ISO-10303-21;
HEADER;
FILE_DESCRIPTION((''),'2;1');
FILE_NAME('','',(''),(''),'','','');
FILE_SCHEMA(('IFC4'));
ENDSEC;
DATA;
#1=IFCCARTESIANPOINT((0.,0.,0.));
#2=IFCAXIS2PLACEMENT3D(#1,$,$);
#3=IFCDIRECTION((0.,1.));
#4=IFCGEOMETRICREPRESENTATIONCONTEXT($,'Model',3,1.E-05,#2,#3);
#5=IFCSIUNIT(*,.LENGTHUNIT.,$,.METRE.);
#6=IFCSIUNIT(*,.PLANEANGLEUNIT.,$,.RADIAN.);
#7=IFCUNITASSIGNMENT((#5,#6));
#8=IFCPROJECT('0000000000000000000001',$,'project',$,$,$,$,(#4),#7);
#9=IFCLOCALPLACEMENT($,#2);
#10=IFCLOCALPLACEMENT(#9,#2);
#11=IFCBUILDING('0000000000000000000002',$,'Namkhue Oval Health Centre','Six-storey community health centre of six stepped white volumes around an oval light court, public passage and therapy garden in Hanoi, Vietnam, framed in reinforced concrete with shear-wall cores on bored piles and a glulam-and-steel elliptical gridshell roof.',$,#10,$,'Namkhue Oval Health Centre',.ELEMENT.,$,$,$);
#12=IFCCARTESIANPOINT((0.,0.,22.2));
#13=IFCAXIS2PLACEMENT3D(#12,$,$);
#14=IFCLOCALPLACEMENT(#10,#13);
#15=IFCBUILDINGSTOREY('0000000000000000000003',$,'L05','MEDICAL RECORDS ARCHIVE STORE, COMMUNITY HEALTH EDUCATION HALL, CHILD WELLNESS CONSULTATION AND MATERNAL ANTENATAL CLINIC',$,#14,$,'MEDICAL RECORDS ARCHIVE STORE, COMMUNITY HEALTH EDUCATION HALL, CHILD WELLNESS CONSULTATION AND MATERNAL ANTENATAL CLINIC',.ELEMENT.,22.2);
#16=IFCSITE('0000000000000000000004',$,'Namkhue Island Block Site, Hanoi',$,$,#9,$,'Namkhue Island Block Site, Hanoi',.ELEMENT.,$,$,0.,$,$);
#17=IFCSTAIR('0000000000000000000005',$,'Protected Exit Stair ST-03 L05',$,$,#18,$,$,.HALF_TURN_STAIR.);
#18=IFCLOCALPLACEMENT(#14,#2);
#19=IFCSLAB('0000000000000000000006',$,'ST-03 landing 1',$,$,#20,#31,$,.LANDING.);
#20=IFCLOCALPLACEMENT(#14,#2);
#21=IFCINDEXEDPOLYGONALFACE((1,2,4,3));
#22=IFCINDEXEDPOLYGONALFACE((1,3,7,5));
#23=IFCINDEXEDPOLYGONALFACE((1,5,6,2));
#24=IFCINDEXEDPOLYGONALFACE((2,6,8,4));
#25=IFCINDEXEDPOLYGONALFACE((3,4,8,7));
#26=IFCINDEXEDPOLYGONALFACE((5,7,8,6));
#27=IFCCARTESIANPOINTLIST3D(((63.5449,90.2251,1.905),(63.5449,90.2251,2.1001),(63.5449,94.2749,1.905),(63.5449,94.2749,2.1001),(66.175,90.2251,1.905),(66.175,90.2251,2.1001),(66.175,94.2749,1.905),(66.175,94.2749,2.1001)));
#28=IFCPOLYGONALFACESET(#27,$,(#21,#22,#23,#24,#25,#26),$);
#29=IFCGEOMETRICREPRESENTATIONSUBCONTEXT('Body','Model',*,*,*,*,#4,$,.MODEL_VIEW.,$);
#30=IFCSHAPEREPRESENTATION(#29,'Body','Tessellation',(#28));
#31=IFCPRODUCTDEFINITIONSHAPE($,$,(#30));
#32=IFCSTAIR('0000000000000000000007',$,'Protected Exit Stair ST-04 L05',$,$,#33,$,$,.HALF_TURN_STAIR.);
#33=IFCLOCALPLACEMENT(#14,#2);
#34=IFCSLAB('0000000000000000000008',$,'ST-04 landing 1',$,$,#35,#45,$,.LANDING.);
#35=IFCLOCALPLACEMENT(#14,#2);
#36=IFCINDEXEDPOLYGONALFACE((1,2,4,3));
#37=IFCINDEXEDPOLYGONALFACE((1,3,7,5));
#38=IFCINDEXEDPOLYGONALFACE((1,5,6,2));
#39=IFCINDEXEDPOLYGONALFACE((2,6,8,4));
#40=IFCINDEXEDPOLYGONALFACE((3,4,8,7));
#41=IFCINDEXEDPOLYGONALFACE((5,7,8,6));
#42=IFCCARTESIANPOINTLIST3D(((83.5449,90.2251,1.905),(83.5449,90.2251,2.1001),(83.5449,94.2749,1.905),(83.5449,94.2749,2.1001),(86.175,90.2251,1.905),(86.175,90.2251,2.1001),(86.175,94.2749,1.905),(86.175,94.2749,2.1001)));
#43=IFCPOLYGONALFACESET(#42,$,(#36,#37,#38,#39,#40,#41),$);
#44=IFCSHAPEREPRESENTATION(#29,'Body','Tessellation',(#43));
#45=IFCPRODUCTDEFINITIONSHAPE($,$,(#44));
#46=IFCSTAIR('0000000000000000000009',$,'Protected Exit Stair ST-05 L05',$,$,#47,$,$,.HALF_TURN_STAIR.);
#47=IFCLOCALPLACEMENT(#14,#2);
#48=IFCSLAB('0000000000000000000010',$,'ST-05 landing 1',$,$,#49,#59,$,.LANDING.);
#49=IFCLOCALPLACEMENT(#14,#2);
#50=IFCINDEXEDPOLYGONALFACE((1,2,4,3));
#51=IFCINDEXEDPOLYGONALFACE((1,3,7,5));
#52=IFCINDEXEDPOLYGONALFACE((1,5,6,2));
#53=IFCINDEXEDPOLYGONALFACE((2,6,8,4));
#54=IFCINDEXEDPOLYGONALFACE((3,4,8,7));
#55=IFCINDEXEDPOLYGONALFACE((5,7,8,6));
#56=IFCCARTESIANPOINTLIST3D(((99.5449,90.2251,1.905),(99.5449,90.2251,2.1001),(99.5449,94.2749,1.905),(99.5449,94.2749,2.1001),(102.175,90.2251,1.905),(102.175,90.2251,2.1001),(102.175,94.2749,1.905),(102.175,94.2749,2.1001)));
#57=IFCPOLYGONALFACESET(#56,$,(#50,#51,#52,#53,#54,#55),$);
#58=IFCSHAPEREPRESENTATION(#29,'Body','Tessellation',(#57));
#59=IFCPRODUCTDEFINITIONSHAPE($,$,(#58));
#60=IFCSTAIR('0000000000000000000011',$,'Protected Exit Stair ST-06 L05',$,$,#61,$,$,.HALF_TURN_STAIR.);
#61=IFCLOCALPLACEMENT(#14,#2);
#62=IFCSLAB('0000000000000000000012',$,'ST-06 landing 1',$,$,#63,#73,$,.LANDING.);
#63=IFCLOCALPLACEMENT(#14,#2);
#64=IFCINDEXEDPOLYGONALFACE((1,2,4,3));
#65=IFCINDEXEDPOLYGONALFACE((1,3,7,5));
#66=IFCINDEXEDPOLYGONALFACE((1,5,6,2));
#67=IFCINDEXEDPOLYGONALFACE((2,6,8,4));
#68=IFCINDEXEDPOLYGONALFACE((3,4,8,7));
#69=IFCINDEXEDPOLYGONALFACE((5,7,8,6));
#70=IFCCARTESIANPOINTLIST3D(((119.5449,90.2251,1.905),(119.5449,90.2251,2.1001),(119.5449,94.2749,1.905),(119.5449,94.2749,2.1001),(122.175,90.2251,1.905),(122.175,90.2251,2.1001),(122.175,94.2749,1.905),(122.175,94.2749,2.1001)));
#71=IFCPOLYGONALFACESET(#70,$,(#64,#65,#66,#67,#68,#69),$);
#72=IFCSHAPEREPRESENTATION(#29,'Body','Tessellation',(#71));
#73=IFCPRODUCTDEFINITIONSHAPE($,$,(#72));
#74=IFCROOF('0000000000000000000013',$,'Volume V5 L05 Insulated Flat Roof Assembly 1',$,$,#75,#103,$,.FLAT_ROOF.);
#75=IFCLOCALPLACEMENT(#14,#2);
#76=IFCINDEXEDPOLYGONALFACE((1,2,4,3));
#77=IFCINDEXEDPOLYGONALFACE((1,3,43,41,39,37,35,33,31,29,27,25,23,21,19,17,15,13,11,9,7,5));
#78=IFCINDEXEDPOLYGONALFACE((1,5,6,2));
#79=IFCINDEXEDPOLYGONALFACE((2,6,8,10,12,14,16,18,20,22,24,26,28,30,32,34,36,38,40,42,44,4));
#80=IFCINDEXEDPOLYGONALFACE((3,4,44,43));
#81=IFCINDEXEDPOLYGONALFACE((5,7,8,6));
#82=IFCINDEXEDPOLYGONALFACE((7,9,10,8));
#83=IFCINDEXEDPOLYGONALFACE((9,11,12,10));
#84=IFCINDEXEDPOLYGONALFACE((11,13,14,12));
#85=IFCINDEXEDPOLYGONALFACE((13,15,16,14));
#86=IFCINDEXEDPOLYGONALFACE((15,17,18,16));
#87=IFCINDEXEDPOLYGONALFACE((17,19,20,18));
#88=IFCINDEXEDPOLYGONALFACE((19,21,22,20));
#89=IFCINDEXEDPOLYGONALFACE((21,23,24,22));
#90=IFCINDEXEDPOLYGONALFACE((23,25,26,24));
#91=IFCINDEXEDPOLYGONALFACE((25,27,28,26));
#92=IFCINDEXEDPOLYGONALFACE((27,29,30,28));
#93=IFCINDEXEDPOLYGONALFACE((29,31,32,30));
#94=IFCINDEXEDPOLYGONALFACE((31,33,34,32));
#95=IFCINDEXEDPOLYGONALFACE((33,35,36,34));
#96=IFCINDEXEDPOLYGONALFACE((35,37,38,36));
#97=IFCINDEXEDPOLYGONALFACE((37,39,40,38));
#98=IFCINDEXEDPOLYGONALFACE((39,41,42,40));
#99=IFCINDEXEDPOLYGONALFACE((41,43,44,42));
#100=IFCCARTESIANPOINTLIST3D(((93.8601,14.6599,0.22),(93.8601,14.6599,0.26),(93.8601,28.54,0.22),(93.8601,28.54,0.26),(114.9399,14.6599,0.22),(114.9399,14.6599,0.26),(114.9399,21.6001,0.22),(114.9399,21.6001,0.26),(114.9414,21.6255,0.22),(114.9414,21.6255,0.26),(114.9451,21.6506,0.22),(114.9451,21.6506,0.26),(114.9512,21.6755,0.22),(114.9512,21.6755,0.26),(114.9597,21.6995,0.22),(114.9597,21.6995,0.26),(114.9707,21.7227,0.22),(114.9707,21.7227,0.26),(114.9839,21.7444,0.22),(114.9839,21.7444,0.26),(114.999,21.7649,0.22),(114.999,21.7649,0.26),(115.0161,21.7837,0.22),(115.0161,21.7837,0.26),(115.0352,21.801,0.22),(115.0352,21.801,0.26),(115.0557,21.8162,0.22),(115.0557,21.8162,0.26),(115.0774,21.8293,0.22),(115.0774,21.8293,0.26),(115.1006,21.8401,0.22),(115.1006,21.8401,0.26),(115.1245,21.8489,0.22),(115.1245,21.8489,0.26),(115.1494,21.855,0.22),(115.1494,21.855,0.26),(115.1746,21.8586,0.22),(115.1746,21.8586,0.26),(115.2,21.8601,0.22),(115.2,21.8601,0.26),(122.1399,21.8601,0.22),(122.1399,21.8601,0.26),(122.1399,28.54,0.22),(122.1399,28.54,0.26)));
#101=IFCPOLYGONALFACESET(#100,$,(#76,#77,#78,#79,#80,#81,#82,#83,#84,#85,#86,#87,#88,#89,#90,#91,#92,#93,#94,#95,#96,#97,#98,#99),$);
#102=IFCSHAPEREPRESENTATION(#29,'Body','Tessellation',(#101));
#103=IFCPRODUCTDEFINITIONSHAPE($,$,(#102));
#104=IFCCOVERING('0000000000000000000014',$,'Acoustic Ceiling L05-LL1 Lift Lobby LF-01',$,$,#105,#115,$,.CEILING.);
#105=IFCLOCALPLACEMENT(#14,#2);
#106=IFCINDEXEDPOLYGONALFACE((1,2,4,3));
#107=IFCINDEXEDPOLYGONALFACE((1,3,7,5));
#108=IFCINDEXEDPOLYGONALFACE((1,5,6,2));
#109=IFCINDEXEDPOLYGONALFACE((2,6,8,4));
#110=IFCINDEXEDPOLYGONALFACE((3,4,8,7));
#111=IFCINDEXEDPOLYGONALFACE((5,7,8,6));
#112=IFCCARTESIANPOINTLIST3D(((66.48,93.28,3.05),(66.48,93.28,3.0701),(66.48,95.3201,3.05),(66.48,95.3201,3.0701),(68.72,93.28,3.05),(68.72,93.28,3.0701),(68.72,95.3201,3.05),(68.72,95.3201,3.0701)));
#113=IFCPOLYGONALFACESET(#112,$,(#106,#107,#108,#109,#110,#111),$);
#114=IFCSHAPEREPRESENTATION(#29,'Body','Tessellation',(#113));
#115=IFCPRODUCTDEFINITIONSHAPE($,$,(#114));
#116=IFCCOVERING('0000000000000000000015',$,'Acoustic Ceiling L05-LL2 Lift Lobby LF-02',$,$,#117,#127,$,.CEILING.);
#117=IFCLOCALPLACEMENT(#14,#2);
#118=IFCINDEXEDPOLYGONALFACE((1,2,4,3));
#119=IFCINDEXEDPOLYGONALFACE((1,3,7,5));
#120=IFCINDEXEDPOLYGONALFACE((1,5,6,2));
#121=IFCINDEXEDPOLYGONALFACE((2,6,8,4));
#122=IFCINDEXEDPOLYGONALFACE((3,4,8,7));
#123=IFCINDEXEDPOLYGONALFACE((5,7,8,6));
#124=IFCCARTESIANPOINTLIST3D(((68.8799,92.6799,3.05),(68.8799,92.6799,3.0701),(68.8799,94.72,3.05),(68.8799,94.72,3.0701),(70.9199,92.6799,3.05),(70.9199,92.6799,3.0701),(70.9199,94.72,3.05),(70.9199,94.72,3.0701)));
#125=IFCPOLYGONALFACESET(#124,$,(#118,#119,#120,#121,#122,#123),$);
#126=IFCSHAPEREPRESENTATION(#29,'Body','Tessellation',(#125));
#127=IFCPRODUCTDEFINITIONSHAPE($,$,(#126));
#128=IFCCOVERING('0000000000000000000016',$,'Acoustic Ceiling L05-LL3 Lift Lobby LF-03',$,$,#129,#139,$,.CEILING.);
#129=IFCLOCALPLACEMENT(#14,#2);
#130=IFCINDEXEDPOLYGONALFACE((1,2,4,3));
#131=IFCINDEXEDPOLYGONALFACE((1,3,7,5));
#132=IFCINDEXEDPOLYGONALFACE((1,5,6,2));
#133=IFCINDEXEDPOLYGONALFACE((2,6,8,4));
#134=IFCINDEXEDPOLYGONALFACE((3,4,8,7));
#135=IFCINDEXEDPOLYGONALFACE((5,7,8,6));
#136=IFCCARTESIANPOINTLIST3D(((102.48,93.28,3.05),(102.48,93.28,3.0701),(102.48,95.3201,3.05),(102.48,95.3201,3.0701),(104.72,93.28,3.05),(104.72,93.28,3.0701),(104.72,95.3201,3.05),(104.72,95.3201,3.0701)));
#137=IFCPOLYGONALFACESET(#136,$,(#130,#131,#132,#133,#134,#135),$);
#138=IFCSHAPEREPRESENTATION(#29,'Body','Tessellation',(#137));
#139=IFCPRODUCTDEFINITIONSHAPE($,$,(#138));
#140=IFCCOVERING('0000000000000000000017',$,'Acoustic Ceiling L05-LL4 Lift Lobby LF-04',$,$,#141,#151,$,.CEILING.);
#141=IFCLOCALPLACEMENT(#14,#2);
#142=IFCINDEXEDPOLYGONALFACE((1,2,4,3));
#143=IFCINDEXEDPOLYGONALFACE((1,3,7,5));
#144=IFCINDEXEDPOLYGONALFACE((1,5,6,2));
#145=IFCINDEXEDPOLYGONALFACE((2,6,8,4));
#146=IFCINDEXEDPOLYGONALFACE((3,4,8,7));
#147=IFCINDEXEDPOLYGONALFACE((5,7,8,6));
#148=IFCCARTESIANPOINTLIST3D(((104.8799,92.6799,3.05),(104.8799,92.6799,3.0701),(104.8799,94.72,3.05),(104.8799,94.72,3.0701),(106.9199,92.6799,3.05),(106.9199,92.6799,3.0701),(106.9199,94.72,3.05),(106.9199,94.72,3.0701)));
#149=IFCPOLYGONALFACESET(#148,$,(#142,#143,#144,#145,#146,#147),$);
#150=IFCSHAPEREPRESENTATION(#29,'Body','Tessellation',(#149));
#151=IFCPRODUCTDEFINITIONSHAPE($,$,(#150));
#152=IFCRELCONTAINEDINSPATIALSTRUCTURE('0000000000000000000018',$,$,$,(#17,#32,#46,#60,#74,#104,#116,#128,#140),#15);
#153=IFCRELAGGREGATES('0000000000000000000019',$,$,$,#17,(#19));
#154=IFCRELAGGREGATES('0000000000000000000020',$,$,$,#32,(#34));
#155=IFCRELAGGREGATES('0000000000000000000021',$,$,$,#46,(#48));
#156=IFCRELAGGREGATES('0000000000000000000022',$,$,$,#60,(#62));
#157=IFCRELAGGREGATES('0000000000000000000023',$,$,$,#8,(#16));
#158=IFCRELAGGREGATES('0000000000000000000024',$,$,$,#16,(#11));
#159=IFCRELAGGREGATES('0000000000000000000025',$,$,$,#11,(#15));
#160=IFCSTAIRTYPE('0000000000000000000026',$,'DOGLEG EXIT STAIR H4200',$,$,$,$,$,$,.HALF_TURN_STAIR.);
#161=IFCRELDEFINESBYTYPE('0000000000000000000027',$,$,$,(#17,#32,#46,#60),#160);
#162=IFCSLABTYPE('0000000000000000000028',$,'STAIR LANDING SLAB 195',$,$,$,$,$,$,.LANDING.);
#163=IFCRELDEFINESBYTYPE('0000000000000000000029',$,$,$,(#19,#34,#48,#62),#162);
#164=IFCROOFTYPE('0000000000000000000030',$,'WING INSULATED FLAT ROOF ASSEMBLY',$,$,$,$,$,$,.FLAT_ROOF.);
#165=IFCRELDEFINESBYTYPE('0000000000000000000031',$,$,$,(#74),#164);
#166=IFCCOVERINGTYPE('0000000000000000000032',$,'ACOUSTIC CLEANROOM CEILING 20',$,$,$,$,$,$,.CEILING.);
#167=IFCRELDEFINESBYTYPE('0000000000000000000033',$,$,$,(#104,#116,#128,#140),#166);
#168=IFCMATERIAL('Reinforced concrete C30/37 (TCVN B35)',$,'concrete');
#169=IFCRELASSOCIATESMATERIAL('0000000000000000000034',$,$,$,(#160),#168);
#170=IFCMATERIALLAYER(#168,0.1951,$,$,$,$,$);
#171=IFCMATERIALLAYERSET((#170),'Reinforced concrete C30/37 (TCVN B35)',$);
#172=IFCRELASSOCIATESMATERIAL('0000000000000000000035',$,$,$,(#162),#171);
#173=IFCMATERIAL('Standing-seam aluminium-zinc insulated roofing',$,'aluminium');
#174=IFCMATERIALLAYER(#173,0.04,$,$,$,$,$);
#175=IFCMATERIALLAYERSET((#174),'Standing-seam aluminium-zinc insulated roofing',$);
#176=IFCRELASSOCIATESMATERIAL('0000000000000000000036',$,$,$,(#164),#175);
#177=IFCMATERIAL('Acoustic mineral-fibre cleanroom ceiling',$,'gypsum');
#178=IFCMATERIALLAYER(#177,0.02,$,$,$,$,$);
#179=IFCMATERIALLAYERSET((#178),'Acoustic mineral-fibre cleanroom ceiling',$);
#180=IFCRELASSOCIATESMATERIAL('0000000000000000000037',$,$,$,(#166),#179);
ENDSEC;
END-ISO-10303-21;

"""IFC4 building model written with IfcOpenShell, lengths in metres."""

from ifc_helpers import new_model, si_unit, direction, frame, origin, place, context, subcontext, project, spatial, polyline, outline, extrude, material, layer, layer_set, type_object, element, aggregate, save


model = new_model("IFC4")

# Units and contexts
model_context = context("Model", 3, precision=1e-05, world=origin(), true_north=direction((0.0, 1.0)))
body_context = subcontext(model_context, "Body", "Model", "MODEL_VIEW")
ifc_project = project(units=[si_unit("LENGTHUNIT", "METRE"), si_unit("PLANEANGLEUNIT", "RADIAN")], contexts=[model_context])

# Site, building, storey
site_placement = place(None, origin())
site = spatial("IfcSite", under=ifc_project, at=site_placement, Name="Namkhue Island Block Site, Hanoi", LongName="Namkhue Island Block Site, Hanoi", CompositionType="ELEMENT", RefElevation=0.0)
building_placement = place(site_placement, origin())
building = spatial("IfcBuilding", under=site, at=building_placement, Name="Namkhue Oval Health Centre", Description="Six-storey community health centre of six stepped white volumes around an oval light court, public passage and therapy garden in Hanoi, Vietnam, framed in reinforced concrete with shear-wall cores on bored piles and a glulam-and-steel elliptical gridshell roof.", LongName="Namkhue Oval Health Centre", CompositionType="ELEMENT")
storey_placement = place(building_placement, frame((0.0, 0.0, 22.2)))
storey = spatial("IfcBuildingStorey", under=building, at=storey_placement, Name="L05", Description="MEDICAL RECORDS ARCHIVE STORE, COMMUNITY HEALTH EDUCATION HALL, CHILD WELLNESS CONSULTATION AND MATERNAL ANTENATAL CLINIC", LongName="MEDICAL RECORDS ARCHIVE STORE, COMMUNITY HEALTH EDUCATION HALL, CHILD WELLNESS CONSULTATION AND MATERNAL ANTENATAL CLINIC", CompositionType="ELEMENT", Elevation=22.2)

# Stairs, slabs
ifc_material_1 = material(Name="Reinforced concrete C30/37 (TCVN B35)", Category="concrete")
stair_type = type_object("IfcStairType", Name="DOGLEG EXIT STAIR H4200", PredefinedType="HALF_TURN_STAIR", material=ifc_material_1)
stair_1_placement = place(storey_placement, origin())
stair_1 = element("IfcStair", 1, at=stair_1_placement, inside=storey, type_object=stair_type, Name="Protected Exit Stair ST-03 L05", PredefinedType="HALF_TURN_STAIR")
ifc_layer_1 = layer(ifc_material_1, 0.1951)
ifc_layer_set_1 = layer_set([ifc_layer_1], Name="Reinforced concrete C30/37 (TCVN B35)")
slab_type = type_object("IfcSlabType", Name="STAIR LANDING SLAB 195", PredefinedType="LANDING", material=ifc_layer_set_1)
slab_1_placement = place(storey_placement, frame((0.0, 0.0, 1.905)))
slab_1 = element("IfcSlab", 2, at=slab_1_placement, type_object=slab_type, Name="ST-03 landing 1", PredefinedType="LANDING", context=body_context, shape_type="SweptSolid", body=[
    extrude(outline(polyline([(63.5449, 90.2251), (66.175, 90.2251), (66.175, 94.2749), (63.5449, 94.2749), (63.5449, 90.2251)])), origin(), (0.0, 0.0, 1.0), 0.1951),
])
aggregate(stair_1, [slab_1])
stair_2_placement = place(storey_placement, origin())
stair_2 = element("IfcStair", 3, at=stair_2_placement, inside=storey, type_object=stair_type, Name="Protected Exit Stair ST-04 L05", PredefinedType="HALF_TURN_STAIR")
slab_2_placement = place(storey_placement, frame((0.0, 0.0, 1.905)))
slab_2 = element("IfcSlab", 4, at=slab_2_placement, type_object=slab_type, Name="ST-04 landing 1", PredefinedType="LANDING", context=body_context, shape_type="SweptSolid", body=[
    extrude(outline(polyline([(83.5449, 90.2251), (86.175, 90.2251), (86.175, 94.2749), (83.5449, 94.2749), (83.5449, 90.2251)])), origin(), (0.0, 0.0, 1.0), 0.1951),
])
aggregate(stair_2, [slab_2])
stair_3_placement = place(storey_placement, origin())
stair_3 = element("IfcStair", 5, at=stair_3_placement, inside=storey, type_object=stair_type, Name="Protected Exit Stair ST-05 L05", PredefinedType="HALF_TURN_STAIR")
slab_3_placement = place(storey_placement, frame((0.0, 0.0, 1.905)))
slab_3 = element("IfcSlab", 6, at=slab_3_placement, type_object=slab_type, Name="ST-05 landing 1", PredefinedType="LANDING", context=body_context, shape_type="SweptSolid", body=[
    extrude(outline(polyline([(99.5449, 90.2251), (102.175, 90.2251), (102.175, 94.2749), (99.5449, 94.2749), (99.5449, 90.2251)])), origin(), (0.0, 0.0, 1.0), 0.1951),
])
aggregate(stair_3, [slab_3])
stair_4_placement = place(storey_placement, origin())
stair_4 = element("IfcStair", 7, at=stair_4_placement, inside=storey, type_object=stair_type, Name="Protected Exit Stair ST-06 L05", PredefinedType="HALF_TURN_STAIR")
slab_4_placement = place(storey_placement, frame((0.0, 0.0, 1.905)))
slab_4 = element("IfcSlab", 8, at=slab_4_placement, type_object=slab_type, Name="ST-06 landing 1", PredefinedType="LANDING", context=body_context, shape_type="SweptSolid", body=[
    extrude(outline(polyline([(119.5449, 90.2251), (122.175, 90.2251), (122.175, 94.2749), (119.5449, 94.2749), (119.5449, 90.2251)])), origin(), (0.0, 0.0, 1.0), 0.1951),
])
aggregate(stair_4, [slab_4])

# Roof
ifc_material_2 = material(Name="Standing-seam aluminium-zinc insulated roofing", Category="aluminium")
ifc_layer_2 = layer(ifc_material_2, 0.04)
ifc_layer_set_2 = layer_set([ifc_layer_2], Name="Standing-seam aluminium-zinc insulated roofing")
roof_type = type_object("IfcRoofType", Name="WING INSULATED FLAT ROOF ASSEMBLY", PredefinedType="FLAT_ROOF", material=ifc_layer_set_2)
roof_placement = place(storey_placement, frame((0.0, 0.0, 0.22)))
element("IfcRoof", 9, at=roof_placement, inside=storey, type_object=roof_type, Name="Volume V5 L05 Insulated Flat Roof Assembly 1", PredefinedType="FLAT_ROOF", context=body_context, shape_type="SweptSolid", body=[
    extrude(outline(polyline([(93.8601, 14.6599), (93.8601, 28.54), (122.1399, 28.54), (122.1399, 21.8601), (115.2, 21.8601), (115.1746, 21.8586), (115.1494, 21.855), (115.1245, 21.8489), (115.1006, 21.8401), (115.0774, 21.8293), (115.0557, 21.8162), (115.0352, 21.801), (115.0161, 21.7837), (114.999, 21.7649), (114.9839, 21.7444), (114.9707, 21.7227), (114.9597, 21.6995), (114.9512, 21.6755), (114.9451, 21.6506), (114.9414, 21.6255), (114.9399, 21.6001), (114.9399, 14.6599), (93.8601, 14.6599)])), origin(), (0.0, 0.0, 1.0), 0.04),
])

# Coverings
ifc_material_3 = material(Name="Acoustic mineral-fibre cleanroom ceiling", Category="gypsum")
ifc_layer_3 = layer(ifc_material_3, 0.02)
ifc_layer_set_3 = layer_set([ifc_layer_3], Name="Acoustic mineral-fibre cleanroom ceiling")
covering_type_1 = type_object("IfcCoveringType", Name="ACOUSTIC CLEANROOM CEILING 20", PredefinedType="CEILING", material=ifc_layer_set_3)
covering_1_placement = place(storey_placement, frame((0.0, 0.0, 3.05)))
element("IfcCovering", 10, at=covering_1_placement, inside=storey, type_object=covering_type_1, Name="Acoustic Ceiling L05-LL1 Lift Lobby LF-01", PredefinedType="CEILING", context=body_context, shape_type="SweptSolid", body=[
    extrude(outline(polyline([(66.48, 93.28), (66.48, 95.3201), (68.72, 95.3201), (68.72, 93.28), (66.48, 93.28)])), origin(), (0.0, 0.0, 1.0), 0.02),
])
covering_2_placement = place(storey_placement, frame((0.0, 0.0, 3.05)))
element("IfcCovering", 11, at=covering_2_placement, inside=storey, type_object=covering_type_1, Name="Acoustic Ceiling L05-LL2 Lift Lobby LF-02", PredefinedType="CEILING", context=body_context, shape_type="SweptSolid", body=[
    extrude(outline(polyline([(68.8799, 92.6799), (68.8799, 94.72), (70.9199, 94.72), (70.9199, 92.6799), (68.8799, 92.6799)])), origin(), (0.0, 0.0, 1.0), 0.02),
])
covering_3_placement = place(storey_placement, frame((0.0, 0.0, 3.05)))
element("IfcCovering", 12, at=covering_3_placement, inside=storey, type_object=covering_type_1, Name="Acoustic Ceiling L05-LL3 Lift Lobby LF-03", PredefinedType="CEILING", context=body_context, shape_type="SweptSolid", body=[
    extrude(outline(polyline([(102.48, 93.28), (102.48, 95.3201), (104.72, 95.3201), (104.72, 93.28), (102.48, 93.28)])), origin(), (0.0, 0.0, 1.0), 0.02),
])
covering_4_placement = place(storey_placement, frame((0.0, 0.0, 3.05)))
element("IfcCovering", 13, at=covering_4_placement, inside=storey, type_object=covering_type_1, Name="Acoustic Ceiling L05-LL4 Lift Lobby LF-04", PredefinedType="CEILING", context=body_context, shape_type="SweptSolid", body=[
    extrude(outline(polyline([(104.8799, 92.6799), (104.8799, 94.72), (106.9199, 94.72), (106.9199, 92.6799), (104.8799, 92.6799)])), origin(), (0.0, 0.0, 1.0), 0.02),
])

save(model, "model.ifc")
